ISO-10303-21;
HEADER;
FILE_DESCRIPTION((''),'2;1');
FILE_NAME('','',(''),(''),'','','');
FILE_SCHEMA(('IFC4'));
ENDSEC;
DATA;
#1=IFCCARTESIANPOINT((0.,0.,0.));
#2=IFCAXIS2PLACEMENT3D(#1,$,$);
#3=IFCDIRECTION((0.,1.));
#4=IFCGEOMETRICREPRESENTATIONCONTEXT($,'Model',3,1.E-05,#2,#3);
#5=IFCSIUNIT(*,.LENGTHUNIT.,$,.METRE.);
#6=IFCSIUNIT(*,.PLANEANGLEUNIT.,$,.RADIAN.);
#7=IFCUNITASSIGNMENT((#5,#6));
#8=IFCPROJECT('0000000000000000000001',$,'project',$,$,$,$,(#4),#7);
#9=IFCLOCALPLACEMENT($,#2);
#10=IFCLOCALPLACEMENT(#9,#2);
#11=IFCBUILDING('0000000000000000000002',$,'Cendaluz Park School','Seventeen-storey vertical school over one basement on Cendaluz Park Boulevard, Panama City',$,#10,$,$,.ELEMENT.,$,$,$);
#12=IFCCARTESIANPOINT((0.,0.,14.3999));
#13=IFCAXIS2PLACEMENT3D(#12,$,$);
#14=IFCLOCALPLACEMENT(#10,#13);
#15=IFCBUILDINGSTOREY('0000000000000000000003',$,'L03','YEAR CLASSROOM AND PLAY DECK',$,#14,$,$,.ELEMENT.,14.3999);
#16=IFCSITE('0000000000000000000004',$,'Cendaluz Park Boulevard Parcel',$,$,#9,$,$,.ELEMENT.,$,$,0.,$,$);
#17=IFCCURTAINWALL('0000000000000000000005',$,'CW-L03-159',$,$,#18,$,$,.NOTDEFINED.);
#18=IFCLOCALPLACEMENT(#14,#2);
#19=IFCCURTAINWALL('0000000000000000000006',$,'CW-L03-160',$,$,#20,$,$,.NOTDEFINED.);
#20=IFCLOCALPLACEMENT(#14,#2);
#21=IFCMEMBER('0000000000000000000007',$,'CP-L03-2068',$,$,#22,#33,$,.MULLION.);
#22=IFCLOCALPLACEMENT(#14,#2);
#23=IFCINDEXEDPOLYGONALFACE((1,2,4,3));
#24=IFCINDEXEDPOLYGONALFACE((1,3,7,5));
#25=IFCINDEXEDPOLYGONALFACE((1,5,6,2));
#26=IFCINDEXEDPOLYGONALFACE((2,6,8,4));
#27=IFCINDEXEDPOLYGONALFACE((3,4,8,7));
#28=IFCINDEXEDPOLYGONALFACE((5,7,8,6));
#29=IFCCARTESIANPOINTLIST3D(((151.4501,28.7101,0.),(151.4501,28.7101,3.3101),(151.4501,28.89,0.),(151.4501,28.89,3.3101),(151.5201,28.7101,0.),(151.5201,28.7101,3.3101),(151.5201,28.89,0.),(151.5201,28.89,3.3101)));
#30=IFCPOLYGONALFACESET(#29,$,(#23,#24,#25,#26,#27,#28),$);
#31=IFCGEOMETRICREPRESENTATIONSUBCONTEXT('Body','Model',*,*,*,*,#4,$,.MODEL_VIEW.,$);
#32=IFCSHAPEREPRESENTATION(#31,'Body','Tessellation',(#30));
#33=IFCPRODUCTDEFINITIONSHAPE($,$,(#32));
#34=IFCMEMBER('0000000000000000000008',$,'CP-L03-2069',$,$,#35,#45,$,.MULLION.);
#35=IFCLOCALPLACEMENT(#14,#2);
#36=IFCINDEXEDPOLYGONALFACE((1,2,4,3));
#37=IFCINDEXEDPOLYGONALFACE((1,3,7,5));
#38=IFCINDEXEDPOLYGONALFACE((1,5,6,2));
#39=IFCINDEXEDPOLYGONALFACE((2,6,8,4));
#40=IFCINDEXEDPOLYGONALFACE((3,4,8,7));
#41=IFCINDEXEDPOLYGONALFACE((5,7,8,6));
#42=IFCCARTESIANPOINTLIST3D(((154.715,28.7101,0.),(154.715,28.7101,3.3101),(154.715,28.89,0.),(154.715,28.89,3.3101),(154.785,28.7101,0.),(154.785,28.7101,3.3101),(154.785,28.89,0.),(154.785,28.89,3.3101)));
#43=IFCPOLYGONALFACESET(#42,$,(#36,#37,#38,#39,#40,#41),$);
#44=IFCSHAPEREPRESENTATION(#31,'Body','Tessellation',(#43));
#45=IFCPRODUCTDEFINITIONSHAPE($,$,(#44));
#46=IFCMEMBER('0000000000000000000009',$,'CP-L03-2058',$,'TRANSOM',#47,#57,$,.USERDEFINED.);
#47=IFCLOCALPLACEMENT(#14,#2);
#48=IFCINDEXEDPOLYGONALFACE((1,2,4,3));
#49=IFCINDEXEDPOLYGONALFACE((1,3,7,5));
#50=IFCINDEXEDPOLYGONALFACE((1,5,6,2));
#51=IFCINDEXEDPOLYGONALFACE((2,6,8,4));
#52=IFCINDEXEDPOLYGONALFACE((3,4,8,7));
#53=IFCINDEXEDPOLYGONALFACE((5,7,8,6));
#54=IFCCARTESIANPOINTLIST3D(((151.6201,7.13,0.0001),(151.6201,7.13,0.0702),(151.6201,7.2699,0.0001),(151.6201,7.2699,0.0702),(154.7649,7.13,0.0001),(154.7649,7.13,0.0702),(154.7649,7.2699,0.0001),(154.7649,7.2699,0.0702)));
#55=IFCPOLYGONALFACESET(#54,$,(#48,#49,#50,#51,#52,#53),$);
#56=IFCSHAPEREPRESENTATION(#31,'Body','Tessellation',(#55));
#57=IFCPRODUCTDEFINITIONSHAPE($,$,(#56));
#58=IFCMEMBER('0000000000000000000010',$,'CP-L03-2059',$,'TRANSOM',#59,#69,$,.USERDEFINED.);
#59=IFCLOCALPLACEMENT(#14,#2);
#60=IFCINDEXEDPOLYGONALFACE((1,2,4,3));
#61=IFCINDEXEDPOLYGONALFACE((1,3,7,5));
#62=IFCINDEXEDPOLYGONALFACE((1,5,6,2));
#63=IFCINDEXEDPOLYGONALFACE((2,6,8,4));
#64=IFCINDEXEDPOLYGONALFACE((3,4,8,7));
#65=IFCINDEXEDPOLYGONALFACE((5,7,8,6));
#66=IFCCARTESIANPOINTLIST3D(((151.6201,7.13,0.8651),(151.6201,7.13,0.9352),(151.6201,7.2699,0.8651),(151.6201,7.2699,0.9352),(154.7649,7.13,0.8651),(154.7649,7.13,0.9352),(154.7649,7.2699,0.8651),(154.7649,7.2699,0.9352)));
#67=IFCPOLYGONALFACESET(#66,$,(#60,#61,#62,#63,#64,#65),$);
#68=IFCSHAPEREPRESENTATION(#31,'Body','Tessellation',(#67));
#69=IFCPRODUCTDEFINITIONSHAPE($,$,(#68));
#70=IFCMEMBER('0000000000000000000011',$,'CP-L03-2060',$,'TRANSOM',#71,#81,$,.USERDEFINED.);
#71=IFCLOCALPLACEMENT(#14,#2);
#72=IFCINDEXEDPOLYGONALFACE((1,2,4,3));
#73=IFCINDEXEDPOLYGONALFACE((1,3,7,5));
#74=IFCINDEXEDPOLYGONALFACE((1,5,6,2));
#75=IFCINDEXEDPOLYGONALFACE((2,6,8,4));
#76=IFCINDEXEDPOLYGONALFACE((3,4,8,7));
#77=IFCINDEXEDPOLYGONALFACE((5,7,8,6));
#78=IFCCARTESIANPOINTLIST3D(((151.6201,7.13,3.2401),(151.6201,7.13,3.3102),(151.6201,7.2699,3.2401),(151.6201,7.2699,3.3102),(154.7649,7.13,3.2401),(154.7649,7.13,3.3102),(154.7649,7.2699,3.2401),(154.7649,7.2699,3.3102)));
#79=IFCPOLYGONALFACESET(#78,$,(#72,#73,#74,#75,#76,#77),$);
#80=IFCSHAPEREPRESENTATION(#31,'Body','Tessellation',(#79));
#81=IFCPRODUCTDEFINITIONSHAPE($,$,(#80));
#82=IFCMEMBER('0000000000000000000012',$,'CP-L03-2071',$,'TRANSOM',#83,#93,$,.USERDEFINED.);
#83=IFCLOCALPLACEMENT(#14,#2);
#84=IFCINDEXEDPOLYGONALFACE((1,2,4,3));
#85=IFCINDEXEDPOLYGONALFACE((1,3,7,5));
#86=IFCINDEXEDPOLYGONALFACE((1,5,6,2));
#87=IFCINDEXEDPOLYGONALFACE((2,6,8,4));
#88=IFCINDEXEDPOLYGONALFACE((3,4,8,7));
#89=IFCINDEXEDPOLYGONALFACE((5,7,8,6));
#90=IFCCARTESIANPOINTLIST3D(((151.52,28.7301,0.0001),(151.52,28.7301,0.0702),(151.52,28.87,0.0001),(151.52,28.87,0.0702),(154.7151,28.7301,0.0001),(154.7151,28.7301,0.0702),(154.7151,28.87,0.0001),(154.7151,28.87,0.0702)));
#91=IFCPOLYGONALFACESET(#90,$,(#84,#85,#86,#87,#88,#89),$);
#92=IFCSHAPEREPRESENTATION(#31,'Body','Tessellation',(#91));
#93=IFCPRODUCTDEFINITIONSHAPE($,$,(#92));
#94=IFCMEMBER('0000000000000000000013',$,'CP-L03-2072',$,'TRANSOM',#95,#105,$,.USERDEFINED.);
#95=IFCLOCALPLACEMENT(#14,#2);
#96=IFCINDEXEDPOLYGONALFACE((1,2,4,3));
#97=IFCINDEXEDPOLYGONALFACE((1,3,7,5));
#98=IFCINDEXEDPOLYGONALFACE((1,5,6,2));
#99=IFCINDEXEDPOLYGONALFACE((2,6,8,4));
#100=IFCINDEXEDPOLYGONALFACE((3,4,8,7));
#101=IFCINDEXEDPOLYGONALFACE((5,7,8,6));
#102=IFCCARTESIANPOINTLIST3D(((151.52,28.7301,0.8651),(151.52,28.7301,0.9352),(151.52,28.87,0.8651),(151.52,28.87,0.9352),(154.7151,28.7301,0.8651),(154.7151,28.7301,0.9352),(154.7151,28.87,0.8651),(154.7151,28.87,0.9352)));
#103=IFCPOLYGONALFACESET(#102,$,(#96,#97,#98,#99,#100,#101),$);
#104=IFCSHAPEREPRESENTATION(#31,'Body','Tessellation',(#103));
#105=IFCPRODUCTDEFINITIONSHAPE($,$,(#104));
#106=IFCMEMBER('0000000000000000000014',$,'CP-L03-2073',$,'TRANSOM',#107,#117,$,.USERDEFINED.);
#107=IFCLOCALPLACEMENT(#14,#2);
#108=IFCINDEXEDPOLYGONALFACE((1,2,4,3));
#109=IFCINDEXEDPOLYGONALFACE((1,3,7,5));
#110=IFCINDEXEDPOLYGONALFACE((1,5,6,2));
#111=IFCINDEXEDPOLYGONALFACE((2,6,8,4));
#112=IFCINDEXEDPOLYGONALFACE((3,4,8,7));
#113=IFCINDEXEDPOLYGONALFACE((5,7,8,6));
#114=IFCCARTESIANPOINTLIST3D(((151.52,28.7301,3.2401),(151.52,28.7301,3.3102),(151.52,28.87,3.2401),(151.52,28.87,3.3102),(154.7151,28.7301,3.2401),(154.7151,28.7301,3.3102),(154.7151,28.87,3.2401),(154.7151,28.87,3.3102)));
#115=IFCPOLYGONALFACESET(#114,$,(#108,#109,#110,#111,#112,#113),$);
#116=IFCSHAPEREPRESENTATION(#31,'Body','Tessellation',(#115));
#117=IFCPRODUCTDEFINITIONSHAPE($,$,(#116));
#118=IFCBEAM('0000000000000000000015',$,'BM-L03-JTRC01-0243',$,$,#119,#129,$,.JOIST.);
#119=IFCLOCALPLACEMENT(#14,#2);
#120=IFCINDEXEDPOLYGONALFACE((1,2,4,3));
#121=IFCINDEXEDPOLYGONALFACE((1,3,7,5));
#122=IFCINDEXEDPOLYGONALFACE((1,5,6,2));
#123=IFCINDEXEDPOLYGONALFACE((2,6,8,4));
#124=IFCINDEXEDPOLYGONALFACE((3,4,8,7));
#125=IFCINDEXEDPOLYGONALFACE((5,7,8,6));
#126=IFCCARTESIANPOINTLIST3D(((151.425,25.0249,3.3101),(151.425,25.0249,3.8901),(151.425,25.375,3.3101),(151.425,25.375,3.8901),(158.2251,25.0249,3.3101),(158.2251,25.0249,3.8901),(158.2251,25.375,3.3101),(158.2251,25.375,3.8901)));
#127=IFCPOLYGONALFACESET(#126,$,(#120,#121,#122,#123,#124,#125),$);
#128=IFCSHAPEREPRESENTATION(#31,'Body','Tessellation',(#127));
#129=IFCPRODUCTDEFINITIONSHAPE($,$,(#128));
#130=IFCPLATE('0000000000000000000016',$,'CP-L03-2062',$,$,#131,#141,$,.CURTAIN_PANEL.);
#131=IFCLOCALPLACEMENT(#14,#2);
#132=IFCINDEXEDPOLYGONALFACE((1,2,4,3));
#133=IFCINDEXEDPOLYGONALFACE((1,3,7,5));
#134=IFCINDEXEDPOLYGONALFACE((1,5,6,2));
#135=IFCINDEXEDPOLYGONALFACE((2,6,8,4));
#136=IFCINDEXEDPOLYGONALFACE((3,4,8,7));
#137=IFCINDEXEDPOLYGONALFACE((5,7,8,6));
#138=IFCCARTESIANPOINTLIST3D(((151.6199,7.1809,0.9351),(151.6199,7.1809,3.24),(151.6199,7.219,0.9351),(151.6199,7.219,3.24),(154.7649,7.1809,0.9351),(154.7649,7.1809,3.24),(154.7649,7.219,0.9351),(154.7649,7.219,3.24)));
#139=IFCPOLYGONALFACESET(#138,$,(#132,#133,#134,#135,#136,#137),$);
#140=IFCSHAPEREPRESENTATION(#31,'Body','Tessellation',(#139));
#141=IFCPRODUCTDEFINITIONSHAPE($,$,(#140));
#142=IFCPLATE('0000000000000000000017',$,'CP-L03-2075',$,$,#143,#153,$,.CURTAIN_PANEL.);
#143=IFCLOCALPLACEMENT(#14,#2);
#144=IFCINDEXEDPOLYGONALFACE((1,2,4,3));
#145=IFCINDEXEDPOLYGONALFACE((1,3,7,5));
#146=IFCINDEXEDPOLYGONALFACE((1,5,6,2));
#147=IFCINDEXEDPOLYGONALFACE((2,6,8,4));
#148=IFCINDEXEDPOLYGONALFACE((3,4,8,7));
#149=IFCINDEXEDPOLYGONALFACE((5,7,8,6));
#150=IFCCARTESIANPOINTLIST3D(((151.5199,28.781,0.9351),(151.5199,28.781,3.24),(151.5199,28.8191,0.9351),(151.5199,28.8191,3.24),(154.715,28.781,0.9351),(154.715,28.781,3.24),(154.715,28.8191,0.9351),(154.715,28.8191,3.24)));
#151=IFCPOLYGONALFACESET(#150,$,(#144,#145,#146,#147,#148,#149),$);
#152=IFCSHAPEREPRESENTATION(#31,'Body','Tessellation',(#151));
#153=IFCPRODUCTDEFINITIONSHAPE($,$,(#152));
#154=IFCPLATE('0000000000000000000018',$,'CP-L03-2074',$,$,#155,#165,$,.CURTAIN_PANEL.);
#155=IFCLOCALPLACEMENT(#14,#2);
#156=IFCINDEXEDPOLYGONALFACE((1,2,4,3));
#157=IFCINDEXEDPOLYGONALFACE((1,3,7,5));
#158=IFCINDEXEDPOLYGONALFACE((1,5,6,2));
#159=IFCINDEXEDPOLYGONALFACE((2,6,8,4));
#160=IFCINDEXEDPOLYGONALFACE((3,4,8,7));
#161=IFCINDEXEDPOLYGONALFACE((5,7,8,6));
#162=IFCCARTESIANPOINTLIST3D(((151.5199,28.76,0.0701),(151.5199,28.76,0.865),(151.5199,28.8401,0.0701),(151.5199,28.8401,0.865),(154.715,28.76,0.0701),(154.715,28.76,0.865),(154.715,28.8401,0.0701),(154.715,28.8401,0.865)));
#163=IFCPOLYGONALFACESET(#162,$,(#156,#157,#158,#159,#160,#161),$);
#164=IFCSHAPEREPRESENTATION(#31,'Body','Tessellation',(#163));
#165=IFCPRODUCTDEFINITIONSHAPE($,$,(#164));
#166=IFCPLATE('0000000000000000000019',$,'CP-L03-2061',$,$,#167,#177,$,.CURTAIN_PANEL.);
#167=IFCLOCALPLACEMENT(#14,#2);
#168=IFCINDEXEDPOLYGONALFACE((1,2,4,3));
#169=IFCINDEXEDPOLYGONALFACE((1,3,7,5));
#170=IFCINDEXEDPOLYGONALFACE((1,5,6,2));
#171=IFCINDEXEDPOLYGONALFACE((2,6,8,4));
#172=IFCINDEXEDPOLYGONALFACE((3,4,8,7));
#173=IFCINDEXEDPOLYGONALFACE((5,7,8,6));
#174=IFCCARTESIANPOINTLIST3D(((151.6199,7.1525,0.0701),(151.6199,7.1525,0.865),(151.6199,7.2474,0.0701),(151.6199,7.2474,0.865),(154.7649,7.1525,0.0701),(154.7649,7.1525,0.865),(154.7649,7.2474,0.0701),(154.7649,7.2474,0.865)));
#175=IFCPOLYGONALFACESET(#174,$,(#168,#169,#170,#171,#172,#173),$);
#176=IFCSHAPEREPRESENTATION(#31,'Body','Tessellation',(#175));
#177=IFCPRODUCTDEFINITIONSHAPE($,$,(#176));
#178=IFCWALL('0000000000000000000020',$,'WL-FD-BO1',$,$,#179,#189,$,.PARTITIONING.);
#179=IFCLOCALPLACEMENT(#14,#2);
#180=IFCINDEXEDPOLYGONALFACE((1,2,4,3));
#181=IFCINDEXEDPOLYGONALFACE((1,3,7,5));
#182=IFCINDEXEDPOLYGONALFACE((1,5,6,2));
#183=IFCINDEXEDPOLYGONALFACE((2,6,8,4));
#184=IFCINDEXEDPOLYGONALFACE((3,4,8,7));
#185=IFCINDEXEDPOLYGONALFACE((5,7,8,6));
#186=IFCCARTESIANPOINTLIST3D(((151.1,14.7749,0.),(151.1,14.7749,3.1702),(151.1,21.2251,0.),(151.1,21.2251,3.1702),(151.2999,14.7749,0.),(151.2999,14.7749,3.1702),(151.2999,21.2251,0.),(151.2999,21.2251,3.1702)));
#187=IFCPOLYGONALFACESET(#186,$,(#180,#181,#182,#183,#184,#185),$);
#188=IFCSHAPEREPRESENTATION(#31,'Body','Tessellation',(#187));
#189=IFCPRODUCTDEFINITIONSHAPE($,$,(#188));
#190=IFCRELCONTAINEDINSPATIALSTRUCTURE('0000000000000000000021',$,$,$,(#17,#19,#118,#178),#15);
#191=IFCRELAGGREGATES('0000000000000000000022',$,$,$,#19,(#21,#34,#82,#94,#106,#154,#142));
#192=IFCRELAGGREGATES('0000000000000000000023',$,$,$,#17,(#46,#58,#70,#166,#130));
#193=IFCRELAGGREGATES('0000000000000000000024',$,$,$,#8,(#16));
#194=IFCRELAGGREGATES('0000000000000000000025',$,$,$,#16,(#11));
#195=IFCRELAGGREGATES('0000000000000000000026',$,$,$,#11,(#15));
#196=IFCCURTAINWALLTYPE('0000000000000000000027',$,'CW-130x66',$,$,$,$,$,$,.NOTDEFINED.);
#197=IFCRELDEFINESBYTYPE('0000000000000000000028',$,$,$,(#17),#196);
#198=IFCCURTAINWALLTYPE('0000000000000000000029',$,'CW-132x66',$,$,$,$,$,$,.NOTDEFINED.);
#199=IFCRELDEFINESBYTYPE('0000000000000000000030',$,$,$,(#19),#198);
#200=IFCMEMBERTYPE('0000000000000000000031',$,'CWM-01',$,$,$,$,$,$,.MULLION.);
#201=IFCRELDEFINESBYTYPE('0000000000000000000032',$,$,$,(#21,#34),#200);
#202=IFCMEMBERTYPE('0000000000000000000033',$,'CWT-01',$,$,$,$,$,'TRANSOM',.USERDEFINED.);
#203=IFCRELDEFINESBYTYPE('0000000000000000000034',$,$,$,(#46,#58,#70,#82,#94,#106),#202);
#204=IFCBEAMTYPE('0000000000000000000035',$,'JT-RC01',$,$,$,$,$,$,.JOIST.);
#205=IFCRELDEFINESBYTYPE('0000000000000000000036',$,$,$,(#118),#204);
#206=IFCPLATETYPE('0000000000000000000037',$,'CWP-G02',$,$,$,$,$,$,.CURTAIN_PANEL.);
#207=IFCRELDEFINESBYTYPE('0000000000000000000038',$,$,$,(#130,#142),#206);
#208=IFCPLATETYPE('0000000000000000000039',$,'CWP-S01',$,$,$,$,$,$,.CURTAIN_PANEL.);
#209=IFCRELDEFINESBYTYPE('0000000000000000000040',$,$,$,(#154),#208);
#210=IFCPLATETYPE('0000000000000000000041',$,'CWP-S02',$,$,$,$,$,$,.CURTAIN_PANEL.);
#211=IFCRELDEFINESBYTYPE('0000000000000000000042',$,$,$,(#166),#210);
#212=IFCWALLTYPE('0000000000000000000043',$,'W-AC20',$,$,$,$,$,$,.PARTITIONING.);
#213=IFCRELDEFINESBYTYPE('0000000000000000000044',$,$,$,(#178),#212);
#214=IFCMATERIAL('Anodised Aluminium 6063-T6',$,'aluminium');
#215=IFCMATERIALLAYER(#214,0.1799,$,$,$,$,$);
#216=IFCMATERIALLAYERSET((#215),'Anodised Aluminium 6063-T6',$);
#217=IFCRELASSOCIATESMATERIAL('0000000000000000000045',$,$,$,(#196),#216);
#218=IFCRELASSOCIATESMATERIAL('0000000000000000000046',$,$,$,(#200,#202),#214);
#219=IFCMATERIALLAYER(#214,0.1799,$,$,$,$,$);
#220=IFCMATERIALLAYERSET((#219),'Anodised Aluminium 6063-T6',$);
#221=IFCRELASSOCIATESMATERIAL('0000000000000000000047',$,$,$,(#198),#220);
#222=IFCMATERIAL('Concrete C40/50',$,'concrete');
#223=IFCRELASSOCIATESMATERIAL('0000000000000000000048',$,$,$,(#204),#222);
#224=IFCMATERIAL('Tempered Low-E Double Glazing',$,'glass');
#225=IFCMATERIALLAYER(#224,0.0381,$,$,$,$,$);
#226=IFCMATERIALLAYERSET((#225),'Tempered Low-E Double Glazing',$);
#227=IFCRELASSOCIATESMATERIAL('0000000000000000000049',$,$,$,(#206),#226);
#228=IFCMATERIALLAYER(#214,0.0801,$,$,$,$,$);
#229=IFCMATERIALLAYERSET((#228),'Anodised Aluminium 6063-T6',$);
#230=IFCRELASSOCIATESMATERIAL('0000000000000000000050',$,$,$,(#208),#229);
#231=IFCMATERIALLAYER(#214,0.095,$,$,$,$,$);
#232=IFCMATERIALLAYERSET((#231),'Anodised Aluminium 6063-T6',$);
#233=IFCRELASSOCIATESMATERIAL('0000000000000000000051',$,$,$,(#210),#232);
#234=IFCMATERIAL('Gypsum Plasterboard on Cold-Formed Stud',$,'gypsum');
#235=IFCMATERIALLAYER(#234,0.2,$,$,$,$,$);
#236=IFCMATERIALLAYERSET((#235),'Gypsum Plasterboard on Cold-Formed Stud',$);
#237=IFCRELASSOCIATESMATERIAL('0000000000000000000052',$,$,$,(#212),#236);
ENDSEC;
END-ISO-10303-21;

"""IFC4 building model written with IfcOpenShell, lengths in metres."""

from ifc_helpers import new_model, si_unit, direction, frame, frame_2d, origin, origin_2d, place, context, subcontext, project, spatial, rectangle, extrude, material, layer, layer_set, material_profile, profile_set, type_object, element, aggregate, save


model = new_model("IFC4")

# Units and contexts
model_context = context("Model", 3, precision=1e-05, world=origin(), true_north=direction((0.0, 1.0)))
body_context = subcontext(model_context, "Body", "Model", "MODEL_VIEW")
ifc_project = project(units=[si_unit("LENGTHUNIT", "METRE"), si_unit("PLANEANGLEUNIT", "RADIAN")], contexts=[model_context])

# Site, building, storey
site_placement = place(None, origin())
site = spatial("IfcSite", under=ifc_project, at=site_placement, Name="Cendaluz Park Boulevard Parcel", CompositionType="ELEMENT", RefElevation=0.0)
building_placement = place(site_placement, origin())
building = spatial("IfcBuilding", under=site, at=building_placement, Name="Cendaluz Park School", Description="Seventeen-storey vertical school over one basement on Cendaluz Park Boulevard, Panama City", CompositionType="ELEMENT")
storey_placement = place(building_placement, frame((0.0, 0.0, 14.3999)))
storey = spatial("IfcBuildingStorey", under=building, at=storey_placement, Name="L03", Description="YEAR CLASSROOM AND PLAY DECK", CompositionType="ELEMENT", Elevation=14.3999)

# Shared definitions
ifc_material_1 = material(Name="Concrete C40/50", Category="concrete")

# Curtain wall
ifc_material_2 = material(Name="Anodised Aluminium 6063-T6", Category="aluminium")
ifc_layer_1 = layer(ifc_material_2, 0.1799)
ifc_layer_set_1 = layer_set([ifc_layer_1], Name="Anodised Aluminium 6063-T6")
curtain_wall_type_1 = type_object("IfcCurtainWallType", Name="CW-130x66", PredefinedType="NOTDEFINED", material=ifc_layer_set_1)
ifc_material_profile_1 = material_profile(ifc_material_2, rectangle(XDim=0.1799, YDim=0.0701, at=origin_2d()), Name="CWM 180x70", Category="aluminium")
ifc_profile_set_1 = profile_set([ifc_material_profile_1], Name="Anodised Aluminium 6063-T6")
member_type_1 = type_object("IfcMemberType", Name="CWM-01", PredefinedType="MULLION", material=ifc_profile_set_1)
ifc_layer_2 = layer(ifc_material_2, 0.1799)
ifc_layer_set_2 = layer_set([ifc_layer_2], Name="Anodised Aluminium 6063-T6")
curtain_wall_type_2 = type_object("IfcCurtainWallType", Name="CW-132x66", PredefinedType="NOTDEFINED", material=ifc_layer_set_2)
curtain_wall_1_placement = place(storey_placement, origin())
curtain_wall_1 = element("IfcCurtainWall", 1, at=curtain_wall_1_placement, inside=storey, type_object=curtain_wall_type_1, Name="CW-L03-159", PredefinedType="NOTDEFINED")

# Curtain wall, members
curtain_wall_2_placement = place(storey_placement, origin())
curtain_wall_2 = element("IfcCurtainWall", 2, at=curtain_wall_2_placement, inside=storey, type_object=curtain_wall_type_2, Name="CW-L03-160", PredefinedType="NOTDEFINED")
member_1_placement = place(storey_placement, frame((151.4851, 28.8, 0.0), z_axis=(0.0, 0.0, 1.0), x_axis=(0.0, 1.0, 0.0)))
member_1 = element("IfcMember", 3, at=member_1_placement, type_object=member_type_1, Name="CP-L03-2068", PredefinedType="MULLION", context=body_context, shape_type="SweptSolid", body=[
    extrude(rectangle(XDim=0.1799, YDim=0.0701, at=origin_2d()), origin(), (0.0, 0.0, 1.0), 3.3101),
])
member_2_placement = place(storey_placement, frame((154.75, 28.8, 0.0), z_axis=(0.0, 0.0, 1.0), x_axis=(0.0, 1.0, 0.0)))
member_2 = element("IfcMember", 4, at=member_2_placement, type_object=member_type_1, Name="CP-L03-2069", PredefinedType="MULLION", context=body_context, shape_type="SweptSolid", body=[
    extrude(rectangle(XDim=0.1799, YDim=0.0701, at=origin_2d()), origin(), (0.0, 0.0, 1.0), 3.3101),
])

# Members
ifc_material_profile_2 = material_profile(ifc_material_2, rectangle(XDim=0.1399, YDim=0.0701, at=origin_2d()), Name="CWT 140x70", Category="aluminium")
ifc_profile_set_2 = profile_set([ifc_material_profile_2], Name="Anodised Aluminium 6063-T6")
member_type_2 = type_object("IfcMemberType", Name="CWT-01", ElementType="TRANSOM", PredefinedType="USERDEFINED", material=ifc_profile_set_2)
member_3_placement = place(storey_placement, frame((151.6201, 7.2, 0.0352), z_axis=(1.0, 0.0, 0.0), x_axis=(0.0, 1.0, 0.0)))
member_3 = element("IfcMember", 5, at=member_3_placement, type_object=member_type_2, Name="CP-L03-2058", ObjectType="TRANSOM", PredefinedType="USERDEFINED", context=body_context, shape_type="SweptSolid", body=[
    extrude(rectangle(XDim=0.1399, YDim=0.0701, at=origin_2d()), origin(), (0.0, 0.0, 1.0), 3.1448),
])
member_4_placement = place(storey_placement, frame((151.6201, 7.2, 0.9001), z_axis=(1.0, 0.0, 0.0), x_axis=(0.0, 1.0, 0.0)))
member_4 = element("IfcMember", 6, at=member_4_placement, type_object=member_type_2, Name="CP-L03-2059", ObjectType="TRANSOM", PredefinedType="USERDEFINED", context=body_context, shape_type="SweptSolid", body=[
    extrude(rectangle(XDim=0.1399, YDim=0.0701, at=origin_2d()), origin(), (0.0, 0.0, 1.0), 3.1448),
])
member_5_placement = place(storey_placement, frame((151.6201, 7.2, 3.2751), z_axis=(1.0, 0.0, 0.0), x_axis=(0.0, 1.0, 0.0)))
member_5 = element("IfcMember", 7, at=member_5_placement, type_object=member_type_2, Name="CP-L03-2060", ObjectType="TRANSOM", PredefinedType="USERDEFINED", context=body_context, shape_type="SweptSolid", body=[
    extrude(rectangle(XDim=0.1399, YDim=0.0701, at=origin_2d()), origin(), (0.0, 0.0, 1.0), 3.1448),
])
member_6_placement = place(storey_placement, frame((151.52, 28.8, 0.0352), z_axis=(1.0, 0.0, 0.0), x_axis=(0.0, 1.0, 0.0)))
member_6 = element("IfcMember", 8, at=member_6_placement, type_object=member_type_2, Name="CP-L03-2071", ObjectType="TRANSOM", PredefinedType="USERDEFINED", context=body_context, shape_type="SweptSolid", body=[
    extrude(rectangle(XDim=0.1399, YDim=0.0701, at=origin_2d()), origin(), (0.0, 0.0, 1.0), 3.1951),
])
member_7_placement = place(storey_placement, frame((151.52, 28.8, 0.9001), z_axis=(1.0, 0.0, 0.0), x_axis=(0.0, 1.0, 0.0)))
member_7 = element("IfcMember", 9, at=member_7_placement, type_object=member_type_2, Name="CP-L03-2072", ObjectType="TRANSOM", PredefinedType="USERDEFINED", context=body_context, shape_type="SweptSolid", body=[
    extrude(rectangle(XDim=0.1399, YDim=0.0701, at=origin_2d()), origin(), (0.0, 0.0, 1.0), 3.1951),
])
member_8_placement = place(storey_placement, frame((151.52, 28.8, 3.2751), z_axis=(1.0, 0.0, 0.0), x_axis=(0.0, 1.0, 0.0)))
member_8 = element("IfcMember", 10, at=member_8_placement, type_object=member_type_2, Name="CP-L03-2073", ObjectType="TRANSOM", PredefinedType="USERDEFINED", context=body_context, shape_type="SweptSolid", body=[
    extrude(rectangle(XDim=0.1399, YDim=0.0701, at=origin_2d()), origin(), (0.0, 0.0, 1.0), 3.1951),
])

# Beam
ifc_material_profile_3 = material_profile(ifc_material_1, rectangle(XDim=0.3501, YDim=0.5801, at=origin_2d()), Name="RC 350x580", Category="concrete")
ifc_profile_set_3 = profile_set([ifc_material_profile_3], Name="Concrete C40/50")
beam_type_1 = type_object("IfcBeamType", Name="JT-RC01", PredefinedType="JOIST", material=ifc_profile_set_3)
beam_1_placement = place(storey_placement, frame((151.425, 25.2, 3.6001), z_axis=(1.0, 0.0, 0.0), x_axis=(0.0, 1.0, 0.0)))
element("IfcBeam", 11, at=beam_1_placement, inside=storey, type_object=beam_type_1, Name="BM-L03-JTRC01-0243", PredefinedType="JOIST", context=body_context, shape_type="SweptSolid", body=[
    extrude(rectangle(XDim=0.3501, YDim=0.5801, at=origin_2d()), origin(), (0.0, 0.0, 1.0), 6.8),
])

# Plates
ifc_material_3 = material(Name="Tempered Low-E Double Glazing", Category="glass")
ifc_layer_3 = layer(ifc_material_3, 0.0381)
ifc_layer_set_3 = layer_set([ifc_layer_3], Name="Tempered Low-E Double Glazing")
plate_type_1 = type_object("IfcPlateType", Name="CWP-G02", PredefinedType="CURTAIN_PANEL", material=ifc_layer_set_3)
plate_1_placement = place(storey_placement, frame((153.1924, 7.2, 0.9351), z_axis=(0.0, 0.0, 1.0), x_axis=(1.0, 0.0, 0.0)))
plate_1 = element("IfcPlate", 12, at=plate_1_placement, type_object=plate_type_1, Name="CP-L03-2062", PredefinedType="CURTAIN_PANEL", context=body_context, shape_type="SweptSolid", body=[
    extrude(rectangle(XDim=3.145, YDim=0.0381, at=origin_2d()), origin(), (0.0, 0.0, 1.0), 2.3049),
])
plate_2_placement = place(storey_placement, frame((153.1174, 28.8, 0.9351), z_axis=(0.0, 0.0, 1.0), x_axis=(1.0, 0.0, 0.0)))
plate_2 = element("IfcPlate", 13, at=plate_2_placement, type_object=plate_type_1, Name="CP-L03-2075", PredefinedType="CURTAIN_PANEL", context=body_context, shape_type="SweptSolid", body=[
    extrude(rectangle(XDim=3.1951, YDim=0.0381, at=origin_2d()), origin(), (0.0, 0.0, 1.0), 2.3049),
])
ifc_layer_4 = layer(ifc_material_2, 0.0801)
ifc_layer_set_4 = layer_set([ifc_layer_4], Name="Anodised Aluminium 6063-T6")
plate_type_2 = type_object("IfcPlateType", Name="CWP-S01", PredefinedType="CURTAIN_PANEL", material=ifc_layer_set_4)
plate_3_placement = place(storey_placement, frame((153.1174, 28.8, 0.0701), z_axis=(0.0, 0.0, 1.0), x_axis=(1.0, 0.0, 0.0)))
plate_3 = element("IfcPlate", 14, at=plate_3_placement, type_object=plate_type_2, Name="CP-L03-2074", PredefinedType="CURTAIN_PANEL", context=body_context, shape_type="SweptSolid", body=[
    extrude(rectangle(XDim=3.1951, YDim=0.0801, at=origin_2d()), origin(), (0.0, 0.0, 1.0), 0.7949),
])
aggregate(curtain_wall_2, [member_1, member_2, member_6, member_7, member_8, plate_3, plate_2])
ifc_layer_5 = layer(ifc_material_2, 0.095)
ifc_layer_set_5 = layer_set([ifc_layer_5], Name="Anodised Aluminium 6063-T6")
plate_type_3 = type_object("IfcPlateType", Name="CWP-S02", PredefinedType="CURTAIN_PANEL", material=ifc_layer_set_5)
plate_4_placement = place(storey_placement, frame((153.1924, 7.2, 0.0701), z_axis=(0.0, 0.0, 1.0), x_axis=(1.0, 0.0, 0.0)))
plate_4 = element("IfcPlate", 15, at=plate_4_placement, type_object=plate_type_3, Name="CP-L03-2061", PredefinedType="CURTAIN_PANEL", context=body_context, shape_type="SweptSolid", body=[
    extrude(rectangle(XDim=3.145, YDim=0.095, at=origin_2d()), origin(), (0.0, 0.0, 1.0), 0.7949),
])
aggregate(curtain_wall_1, [member_3, member_4, member_5, plate_4, plate_1])

# Wall
ifc_material_4 = material(Name="Gypsum Plasterboard on Cold-Formed Stud", Category="gypsum")
ifc_layer_6 = layer(ifc_material_4, 0.2)
ifc_layer_set_6 = layer_set([ifc_layer_6], Name="Gypsum Plasterboard on Cold-Formed Stud")
wall_type = type_object("IfcWallType", Name="W-AC20", PredefinedType="PARTITIONING", material=ifc_layer_set_6)
wall_1_placement = place(storey_placement, frame((151.2, 14.7749, 0.0), z_axis=(0.0, 0.0, 1.0), x_axis=(0.0, 1.0, 0.0)))
element("IfcWall", 16, at=wall_1_placement, inside=storey, type_object=wall_type, Name="WL-FD-BO1", PredefinedType="PARTITIONING", context=body_context, shape_type="SweptSolid", body=[
    extrude(rectangle(XDim=6.4502, YDim=0.2, at=frame_2d((3.2251, 0.0))), origin(), (0.0, 0.0, 1.0), 3.1702),
])

save(model, "model.ifc")
